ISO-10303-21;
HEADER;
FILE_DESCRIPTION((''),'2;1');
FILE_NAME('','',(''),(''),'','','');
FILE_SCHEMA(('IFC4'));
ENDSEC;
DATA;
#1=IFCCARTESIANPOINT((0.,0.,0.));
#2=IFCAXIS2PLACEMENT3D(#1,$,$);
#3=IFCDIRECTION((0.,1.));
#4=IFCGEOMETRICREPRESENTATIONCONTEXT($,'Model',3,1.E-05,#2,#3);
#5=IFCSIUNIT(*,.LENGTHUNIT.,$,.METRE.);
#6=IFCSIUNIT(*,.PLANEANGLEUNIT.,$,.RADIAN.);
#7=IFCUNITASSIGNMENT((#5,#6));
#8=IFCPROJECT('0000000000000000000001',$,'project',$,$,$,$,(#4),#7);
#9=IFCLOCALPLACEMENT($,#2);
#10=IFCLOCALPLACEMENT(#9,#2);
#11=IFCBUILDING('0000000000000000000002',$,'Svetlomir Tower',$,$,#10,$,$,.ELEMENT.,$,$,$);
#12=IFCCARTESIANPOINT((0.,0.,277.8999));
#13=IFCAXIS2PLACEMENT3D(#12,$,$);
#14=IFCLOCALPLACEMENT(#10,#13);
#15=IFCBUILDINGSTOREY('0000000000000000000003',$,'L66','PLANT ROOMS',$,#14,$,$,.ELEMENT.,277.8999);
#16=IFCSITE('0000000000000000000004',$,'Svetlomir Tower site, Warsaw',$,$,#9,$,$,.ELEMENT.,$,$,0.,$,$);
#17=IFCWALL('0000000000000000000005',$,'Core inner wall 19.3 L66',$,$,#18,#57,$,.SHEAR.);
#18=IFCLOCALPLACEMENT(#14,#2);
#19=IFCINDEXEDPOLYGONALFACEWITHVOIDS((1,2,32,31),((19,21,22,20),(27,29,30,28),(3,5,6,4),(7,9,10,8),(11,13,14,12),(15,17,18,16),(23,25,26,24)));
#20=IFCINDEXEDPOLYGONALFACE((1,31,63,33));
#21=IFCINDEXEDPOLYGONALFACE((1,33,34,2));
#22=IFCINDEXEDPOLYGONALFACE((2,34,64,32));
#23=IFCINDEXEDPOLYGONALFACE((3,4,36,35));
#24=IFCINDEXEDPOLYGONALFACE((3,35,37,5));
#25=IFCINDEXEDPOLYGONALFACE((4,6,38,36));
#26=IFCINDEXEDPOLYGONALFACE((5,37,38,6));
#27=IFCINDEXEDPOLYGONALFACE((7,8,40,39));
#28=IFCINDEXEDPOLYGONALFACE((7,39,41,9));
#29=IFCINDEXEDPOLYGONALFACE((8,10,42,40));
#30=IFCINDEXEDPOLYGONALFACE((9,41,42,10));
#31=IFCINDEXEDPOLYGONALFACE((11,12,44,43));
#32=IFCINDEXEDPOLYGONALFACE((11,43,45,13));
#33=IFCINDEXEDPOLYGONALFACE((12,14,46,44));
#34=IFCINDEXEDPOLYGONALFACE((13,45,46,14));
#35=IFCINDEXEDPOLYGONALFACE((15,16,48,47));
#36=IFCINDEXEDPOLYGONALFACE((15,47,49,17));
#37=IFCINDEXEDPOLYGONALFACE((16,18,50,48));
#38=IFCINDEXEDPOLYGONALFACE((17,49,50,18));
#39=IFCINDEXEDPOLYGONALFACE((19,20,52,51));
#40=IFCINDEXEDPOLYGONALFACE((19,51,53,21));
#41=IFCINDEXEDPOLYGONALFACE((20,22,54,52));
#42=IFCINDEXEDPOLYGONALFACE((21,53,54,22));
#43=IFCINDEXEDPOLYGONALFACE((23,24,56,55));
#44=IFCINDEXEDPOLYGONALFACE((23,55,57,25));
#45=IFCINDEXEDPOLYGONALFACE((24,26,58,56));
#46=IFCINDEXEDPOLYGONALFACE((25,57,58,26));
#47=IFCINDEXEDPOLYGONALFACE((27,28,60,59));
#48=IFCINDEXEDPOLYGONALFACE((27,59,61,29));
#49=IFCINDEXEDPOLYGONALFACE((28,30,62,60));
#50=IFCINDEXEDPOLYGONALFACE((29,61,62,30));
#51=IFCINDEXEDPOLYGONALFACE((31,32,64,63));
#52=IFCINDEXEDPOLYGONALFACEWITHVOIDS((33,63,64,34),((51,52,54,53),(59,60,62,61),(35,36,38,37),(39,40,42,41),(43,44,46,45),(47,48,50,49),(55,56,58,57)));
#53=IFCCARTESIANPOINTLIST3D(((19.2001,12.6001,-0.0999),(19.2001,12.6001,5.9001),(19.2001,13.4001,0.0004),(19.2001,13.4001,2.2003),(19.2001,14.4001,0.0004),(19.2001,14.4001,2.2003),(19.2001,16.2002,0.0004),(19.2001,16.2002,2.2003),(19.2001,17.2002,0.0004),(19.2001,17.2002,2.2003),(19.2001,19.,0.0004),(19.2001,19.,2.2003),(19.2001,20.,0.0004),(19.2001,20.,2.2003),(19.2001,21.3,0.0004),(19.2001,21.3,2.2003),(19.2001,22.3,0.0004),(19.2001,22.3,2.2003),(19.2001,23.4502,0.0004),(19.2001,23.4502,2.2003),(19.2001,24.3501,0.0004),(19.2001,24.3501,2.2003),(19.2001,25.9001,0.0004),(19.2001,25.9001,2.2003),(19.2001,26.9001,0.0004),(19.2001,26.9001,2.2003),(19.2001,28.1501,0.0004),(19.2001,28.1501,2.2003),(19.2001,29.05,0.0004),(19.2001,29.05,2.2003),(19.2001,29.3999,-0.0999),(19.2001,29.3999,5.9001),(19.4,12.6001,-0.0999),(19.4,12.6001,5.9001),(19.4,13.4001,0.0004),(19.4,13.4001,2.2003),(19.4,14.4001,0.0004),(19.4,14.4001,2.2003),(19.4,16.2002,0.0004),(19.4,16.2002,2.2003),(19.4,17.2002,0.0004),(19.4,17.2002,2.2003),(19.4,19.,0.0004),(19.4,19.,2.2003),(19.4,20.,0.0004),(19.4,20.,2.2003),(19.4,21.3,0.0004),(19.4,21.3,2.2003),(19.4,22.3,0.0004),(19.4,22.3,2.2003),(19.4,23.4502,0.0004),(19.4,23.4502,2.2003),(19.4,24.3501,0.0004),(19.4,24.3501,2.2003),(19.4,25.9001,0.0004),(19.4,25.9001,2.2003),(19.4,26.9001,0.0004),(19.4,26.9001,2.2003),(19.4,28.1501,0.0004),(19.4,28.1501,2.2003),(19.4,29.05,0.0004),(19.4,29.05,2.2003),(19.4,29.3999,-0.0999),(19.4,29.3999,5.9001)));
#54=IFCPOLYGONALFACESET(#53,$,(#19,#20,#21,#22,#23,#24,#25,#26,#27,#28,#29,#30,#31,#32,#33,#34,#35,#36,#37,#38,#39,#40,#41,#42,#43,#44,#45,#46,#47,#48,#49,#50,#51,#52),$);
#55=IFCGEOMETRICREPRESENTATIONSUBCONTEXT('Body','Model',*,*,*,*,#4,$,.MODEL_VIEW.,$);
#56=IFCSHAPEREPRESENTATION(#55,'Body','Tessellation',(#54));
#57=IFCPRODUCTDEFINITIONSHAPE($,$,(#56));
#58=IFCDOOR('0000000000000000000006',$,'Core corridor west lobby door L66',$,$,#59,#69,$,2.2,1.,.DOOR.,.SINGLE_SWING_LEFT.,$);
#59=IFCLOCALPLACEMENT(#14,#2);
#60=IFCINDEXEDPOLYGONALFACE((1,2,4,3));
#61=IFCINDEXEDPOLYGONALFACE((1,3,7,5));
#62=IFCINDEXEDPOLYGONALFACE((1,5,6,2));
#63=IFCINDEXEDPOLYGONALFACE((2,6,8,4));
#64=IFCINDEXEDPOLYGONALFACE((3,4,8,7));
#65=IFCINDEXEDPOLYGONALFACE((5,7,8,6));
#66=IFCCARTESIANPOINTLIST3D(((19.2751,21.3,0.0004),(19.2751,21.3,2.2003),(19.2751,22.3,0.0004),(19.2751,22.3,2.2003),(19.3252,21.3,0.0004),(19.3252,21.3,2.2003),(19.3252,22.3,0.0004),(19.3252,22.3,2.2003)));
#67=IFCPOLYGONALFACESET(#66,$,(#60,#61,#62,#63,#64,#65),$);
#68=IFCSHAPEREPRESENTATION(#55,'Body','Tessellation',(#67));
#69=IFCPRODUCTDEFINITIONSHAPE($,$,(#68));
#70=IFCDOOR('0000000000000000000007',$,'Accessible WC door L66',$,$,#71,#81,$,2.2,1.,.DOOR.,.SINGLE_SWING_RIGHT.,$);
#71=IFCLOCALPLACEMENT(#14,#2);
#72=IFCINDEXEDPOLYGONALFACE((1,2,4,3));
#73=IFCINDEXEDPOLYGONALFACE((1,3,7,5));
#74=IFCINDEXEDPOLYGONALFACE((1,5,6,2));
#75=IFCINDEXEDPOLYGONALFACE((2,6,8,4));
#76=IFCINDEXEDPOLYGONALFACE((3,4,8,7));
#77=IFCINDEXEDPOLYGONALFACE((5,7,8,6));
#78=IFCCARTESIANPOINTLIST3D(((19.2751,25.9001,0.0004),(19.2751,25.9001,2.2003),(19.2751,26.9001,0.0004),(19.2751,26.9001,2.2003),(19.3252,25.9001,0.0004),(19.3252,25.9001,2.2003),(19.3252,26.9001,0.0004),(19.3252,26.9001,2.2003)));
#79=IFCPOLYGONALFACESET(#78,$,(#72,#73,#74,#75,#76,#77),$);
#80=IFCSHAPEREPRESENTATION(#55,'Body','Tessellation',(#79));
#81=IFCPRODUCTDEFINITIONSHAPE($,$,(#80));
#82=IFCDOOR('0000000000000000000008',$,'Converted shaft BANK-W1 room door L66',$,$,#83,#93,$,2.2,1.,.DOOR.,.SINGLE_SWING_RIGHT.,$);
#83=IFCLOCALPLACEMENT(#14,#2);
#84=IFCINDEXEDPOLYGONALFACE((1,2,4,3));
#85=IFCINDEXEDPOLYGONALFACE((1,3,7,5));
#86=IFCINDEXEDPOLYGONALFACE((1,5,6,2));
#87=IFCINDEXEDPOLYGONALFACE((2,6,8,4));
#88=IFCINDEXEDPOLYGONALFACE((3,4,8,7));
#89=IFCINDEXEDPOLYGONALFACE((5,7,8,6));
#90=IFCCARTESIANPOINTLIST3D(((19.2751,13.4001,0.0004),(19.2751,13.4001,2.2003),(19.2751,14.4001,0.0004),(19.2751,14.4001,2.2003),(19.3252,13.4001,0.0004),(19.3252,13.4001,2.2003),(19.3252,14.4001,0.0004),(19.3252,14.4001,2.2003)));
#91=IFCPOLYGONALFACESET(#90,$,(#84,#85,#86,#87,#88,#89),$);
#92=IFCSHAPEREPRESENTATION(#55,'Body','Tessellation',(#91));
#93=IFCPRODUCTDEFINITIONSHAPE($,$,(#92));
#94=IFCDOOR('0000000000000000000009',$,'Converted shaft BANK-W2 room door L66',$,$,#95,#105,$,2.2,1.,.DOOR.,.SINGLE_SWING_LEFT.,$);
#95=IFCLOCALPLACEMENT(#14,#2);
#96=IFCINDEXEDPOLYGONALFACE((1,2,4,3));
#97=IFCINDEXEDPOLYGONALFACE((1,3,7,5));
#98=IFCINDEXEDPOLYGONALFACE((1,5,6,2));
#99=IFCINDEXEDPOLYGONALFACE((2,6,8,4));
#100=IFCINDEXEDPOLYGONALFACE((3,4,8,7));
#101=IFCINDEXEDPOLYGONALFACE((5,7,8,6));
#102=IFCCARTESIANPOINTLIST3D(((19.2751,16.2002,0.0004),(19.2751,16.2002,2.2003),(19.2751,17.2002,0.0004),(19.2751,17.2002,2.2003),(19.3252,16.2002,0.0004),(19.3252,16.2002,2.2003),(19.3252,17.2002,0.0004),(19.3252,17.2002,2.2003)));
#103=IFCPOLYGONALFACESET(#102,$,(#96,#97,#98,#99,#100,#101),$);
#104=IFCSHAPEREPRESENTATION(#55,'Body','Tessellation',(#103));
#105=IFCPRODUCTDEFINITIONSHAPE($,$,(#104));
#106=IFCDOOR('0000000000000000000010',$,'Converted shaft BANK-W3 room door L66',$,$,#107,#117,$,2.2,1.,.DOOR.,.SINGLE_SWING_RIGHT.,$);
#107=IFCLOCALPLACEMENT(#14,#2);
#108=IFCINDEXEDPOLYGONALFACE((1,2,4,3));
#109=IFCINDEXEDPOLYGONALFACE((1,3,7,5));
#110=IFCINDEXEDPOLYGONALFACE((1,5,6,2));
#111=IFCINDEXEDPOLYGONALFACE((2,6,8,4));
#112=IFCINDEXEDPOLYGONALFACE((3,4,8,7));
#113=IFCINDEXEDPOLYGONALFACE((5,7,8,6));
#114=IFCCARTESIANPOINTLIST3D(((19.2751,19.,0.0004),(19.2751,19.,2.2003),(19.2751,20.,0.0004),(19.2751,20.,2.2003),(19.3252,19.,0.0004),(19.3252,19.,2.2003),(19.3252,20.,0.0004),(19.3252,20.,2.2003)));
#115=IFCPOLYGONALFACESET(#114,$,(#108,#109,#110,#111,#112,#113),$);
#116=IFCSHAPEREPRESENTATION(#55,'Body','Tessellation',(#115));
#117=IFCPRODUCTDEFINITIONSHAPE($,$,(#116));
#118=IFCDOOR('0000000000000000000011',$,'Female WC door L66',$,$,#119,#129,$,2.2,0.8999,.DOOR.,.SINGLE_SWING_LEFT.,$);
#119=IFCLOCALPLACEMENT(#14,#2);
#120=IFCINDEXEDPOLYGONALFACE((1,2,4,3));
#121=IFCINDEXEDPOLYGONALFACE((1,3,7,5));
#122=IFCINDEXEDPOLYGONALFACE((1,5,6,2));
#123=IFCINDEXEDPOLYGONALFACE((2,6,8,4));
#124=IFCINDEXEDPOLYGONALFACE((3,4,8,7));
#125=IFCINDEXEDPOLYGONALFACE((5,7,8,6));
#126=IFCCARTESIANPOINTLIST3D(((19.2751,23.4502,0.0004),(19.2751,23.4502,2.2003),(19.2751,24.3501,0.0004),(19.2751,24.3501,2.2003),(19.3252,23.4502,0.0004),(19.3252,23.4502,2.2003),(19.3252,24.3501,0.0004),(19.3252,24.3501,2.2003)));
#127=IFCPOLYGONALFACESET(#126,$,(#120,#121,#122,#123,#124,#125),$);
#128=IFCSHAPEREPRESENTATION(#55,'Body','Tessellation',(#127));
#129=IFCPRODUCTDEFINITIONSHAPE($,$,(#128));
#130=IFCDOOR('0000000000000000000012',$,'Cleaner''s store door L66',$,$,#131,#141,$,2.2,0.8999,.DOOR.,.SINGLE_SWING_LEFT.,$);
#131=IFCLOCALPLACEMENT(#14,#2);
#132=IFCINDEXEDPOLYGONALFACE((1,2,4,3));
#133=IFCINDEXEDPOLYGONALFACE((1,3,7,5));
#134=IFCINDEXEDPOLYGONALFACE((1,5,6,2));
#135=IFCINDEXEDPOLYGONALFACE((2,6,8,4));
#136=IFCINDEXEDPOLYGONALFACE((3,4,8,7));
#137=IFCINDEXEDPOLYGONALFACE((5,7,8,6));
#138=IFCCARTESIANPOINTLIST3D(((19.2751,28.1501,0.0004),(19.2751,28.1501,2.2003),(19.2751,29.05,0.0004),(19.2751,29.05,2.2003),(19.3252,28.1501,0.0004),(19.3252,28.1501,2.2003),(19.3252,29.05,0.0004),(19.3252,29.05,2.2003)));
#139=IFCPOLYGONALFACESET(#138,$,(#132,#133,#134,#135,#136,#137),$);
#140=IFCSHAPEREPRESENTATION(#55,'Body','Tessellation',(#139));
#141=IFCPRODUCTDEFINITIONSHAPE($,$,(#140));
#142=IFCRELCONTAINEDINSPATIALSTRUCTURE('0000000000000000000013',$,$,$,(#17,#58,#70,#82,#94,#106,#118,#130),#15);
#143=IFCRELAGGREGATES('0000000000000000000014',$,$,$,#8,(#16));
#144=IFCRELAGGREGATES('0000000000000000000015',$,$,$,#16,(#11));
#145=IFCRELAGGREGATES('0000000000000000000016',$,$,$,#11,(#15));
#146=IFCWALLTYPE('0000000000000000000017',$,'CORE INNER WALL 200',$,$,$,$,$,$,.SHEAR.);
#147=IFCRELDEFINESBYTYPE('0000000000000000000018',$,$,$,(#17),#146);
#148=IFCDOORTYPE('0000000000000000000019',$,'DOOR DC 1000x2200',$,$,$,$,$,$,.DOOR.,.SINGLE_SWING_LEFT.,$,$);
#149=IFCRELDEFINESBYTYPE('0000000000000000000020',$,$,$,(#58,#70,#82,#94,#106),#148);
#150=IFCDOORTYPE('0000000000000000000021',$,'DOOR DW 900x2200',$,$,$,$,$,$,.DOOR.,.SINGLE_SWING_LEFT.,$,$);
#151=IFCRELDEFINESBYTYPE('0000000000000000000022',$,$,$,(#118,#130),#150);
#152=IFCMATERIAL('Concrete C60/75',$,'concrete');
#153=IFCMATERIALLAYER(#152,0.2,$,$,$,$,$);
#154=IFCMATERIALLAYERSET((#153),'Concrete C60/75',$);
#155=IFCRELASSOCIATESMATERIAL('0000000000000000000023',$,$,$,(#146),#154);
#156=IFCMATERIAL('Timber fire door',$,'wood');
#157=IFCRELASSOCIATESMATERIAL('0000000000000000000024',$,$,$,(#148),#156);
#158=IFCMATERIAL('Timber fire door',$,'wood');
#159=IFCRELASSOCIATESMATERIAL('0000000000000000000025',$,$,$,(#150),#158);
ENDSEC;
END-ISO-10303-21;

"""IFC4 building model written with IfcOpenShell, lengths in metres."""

from ifc_helpers import new_model, si_unit, direction, frame, frame_2d, origin, place, context, subcontext, project, spatial, rectangle, extrude, material, layer, layer_set, type_object, element, fill, save


model = new_model("IFC4")

# Units and contexts
model_context = context("Model", 3, precision=1e-05, world=origin(), true_north=direction((0.0, 1.0)))
body_context = subcontext(model_context, "Body", "Model", "MODEL_VIEW")
ifc_project = project(units=[si_unit("LENGTHUNIT", "METRE"), si_unit("PLANEANGLEUNIT", "RADIAN")], contexts=[model_context])

# Site, building, storey
site_placement = place(None, origin())
site = spatial("IfcSite", under=ifc_project, at=site_placement, Name="Svetlomir Tower site, Warsaw", CompositionType="ELEMENT", RefElevation=0.0)
building_placement = place(site_placement, origin())
building = spatial("IfcBuilding", under=site, at=building_placement, Name="Svetlomir Tower", CompositionType="ELEMENT")
storey_placement = place(building_placement, frame((0.0, 0.0, 277.8999)))
storey = spatial("IfcBuildingStorey", under=building, at=storey_placement, Name="L66", Description="PLANT ROOMS", CompositionType="ELEMENT", Elevation=277.8999)

# Wall, openings, doors
ifc_material_1 = material(Name="Concrete C60/75", Category="concrete")
ifc_layer_1 = layer(ifc_material_1, 0.2)
ifc_layer_set_1 = layer_set([ifc_layer_1], Name="Concrete C60/75")
wall_type_1 = type_object("IfcWallType", Name="CORE INNER WALL 200", PredefinedType="SHEAR", material=ifc_layer_set_1)
wall_1_placement = place(storey_placement, frame((19.3, 12.6001, -0.0999), z_axis=(0.0, 0.0, 1.0), x_axis=(0.0, 1.0, 0.0)))
wall_1 = element("IfcWall", 1, at=wall_1_placement, inside=storey, type_object=wall_type_1, Name="Core inner wall 19.3 L66", PredefinedType="SHEAR", context=body_context, shape_type="SweptSolid", body=[
    extrude(rectangle(XDim=16.7998, YDim=0.2, at=frame_2d((8.3999, 0.0))), origin(), (0.0, 0.0, 1.0), 6.0),
])
opening_1_placement = place(wall_1_placement, frame((8.7, 0.0, 0.1001)))
opening_1 = element("IfcOpeningElement", 2, at=opening_1_placement, cuts=wall_1, PredefinedType="OPENING", context=body_context, shape_type="SweptSolid", body=[
    extrude(rectangle(XDim=1.0, YDim=2.2, at=frame_2d((0.5, 1.1001))), frame((0.0, 0.1099, 0.0), z_axis=(0.0, -1.0, 0.0), x_axis=(1.0, 0.0, 0.0)), (0.0, 0.0, 1.0), 0.22),
])
opening_2_placement = place(wall_1_placement, frame((10.8501, 0.0, 0.1001)))
opening_2 = element("IfcOpeningElement", 3, at=opening_2_placement, cuts=wall_1, PredefinedType="OPENING", context=body_context, shape_type="SweptSolid", body=[
    extrude(rectangle(XDim=0.8999, YDim=2.2, at=frame_2d((0.45, 1.1001))), frame((0.0, 0.1099, 0.0), z_axis=(0.0, -1.0, 0.0), x_axis=(1.0, 0.0, 0.0)), (0.0, 0.0, 1.0), 0.22),
])
opening_3_placement = place(wall_1_placement, frame((13.3, 0.0, 0.1001)))
opening_3 = element("IfcOpeningElement", 4, at=opening_3_placement, cuts=wall_1, PredefinedType="OPENING", context=body_context, shape_type="SweptSolid", body=[
    extrude(rectangle(XDim=1.0, YDim=2.2, at=frame_2d((0.5, 1.1001))), frame((0.0, 0.1099, 0.0), z_axis=(0.0, -1.0, 0.0), x_axis=(1.0, 0.0, 0.0)), (0.0, 0.0, 1.0), 0.22),
])
opening_4_placement = place(wall_1_placement, frame((15.55, 0.0, 0.1001)))
opening_4 = element("IfcOpeningElement", 5, at=opening_4_placement, cuts=wall_1, PredefinedType="OPENING", context=body_context, shape_type="SweptSolid", body=[
    extrude(rectangle(XDim=0.8999, YDim=2.2, at=frame_2d((0.45, 1.1001))), frame((0.0, 0.1099, 0.0), z_axis=(0.0, -1.0, 0.0), x_axis=(1.0, 0.0, 0.0)), (0.0, 0.0, 1.0), 0.22),
])
opening_5_placement = place(wall_1_placement, frame((0.8, 0.0, 0.1001)))
opening_5 = element("IfcOpeningElement", 6, at=opening_5_placement, cuts=wall_1, PredefinedType="OPENING", context=body_context, shape_type="SweptSolid", body=[
    extrude(rectangle(XDim=1.0, YDim=2.2, at=frame_2d((0.5, 1.1001))), frame((0.0, 0.1099, 0.0), z_axis=(0.0, -1.0, 0.0), x_axis=(1.0, 0.0, 0.0)), (0.0, 0.0, 1.0), 0.22),
])
opening_6_placement = place(wall_1_placement, frame((3.6001, 0.0, 0.1001)))
opening_6 = element("IfcOpeningElement", 7, at=opening_6_placement, cuts=wall_1, PredefinedType="OPENING", context=body_context, shape_type="SweptSolid", body=[
    extrude(rectangle(XDim=1.0, YDim=2.2, at=frame_2d((0.5, 1.1001))), frame((0.0, 0.1099, 0.0), z_axis=(0.0, -1.0, 0.0), x_axis=(1.0, 0.0, 0.0)), (0.0, 0.0, 1.0), 0.22),
])
opening_7_placement = place(wall_1_placement, frame((6.3999, 0.0, 0.1001)))
opening_7 = element("IfcOpeningElement", 8, at=opening_7_placement, cuts=wall_1, PredefinedType="OPENING", context=body_context, shape_type="SweptSolid", body=[
    extrude(rectangle(XDim=1.0, YDim=2.2, at=frame_2d((0.5, 1.1001))), frame((0.0, 0.1099, 0.0), z_axis=(0.0, -1.0, 0.0), x_axis=(1.0, 0.0, 0.0)), (0.0, 0.0, 1.0), 0.22),
])
ifc_material_2 = material(Name="Timber fire door", Category="wood")
door_type_1 = type_object("IfcDoorType", Name="DOOR DC 1000x2200", OperationType="SINGLE_SWING_LEFT", PredefinedType="DOOR", material=ifc_material_2)
door_1_placement = place(opening_1_placement, origin())
door_1 = element("IfcDoor", 9, at=door_1_placement, inside=storey, type_object=door_type_1, Name="Core corridor west lobby door L66", OperationType="SINGLE_SWING_LEFT", OverallHeight=2.2, OverallWidth=1.0, PredefinedType="DOOR", context=body_context, shape_type="SweptSolid", body=[
    extrude(rectangle(XDim=1.0, YDim=2.2, at=frame_2d((0.5, 1.1001))), frame((0.0, 0.0249, 0.0), z_axis=(0.0, -1.0, 0.0), x_axis=(1.0, 0.0, 0.0)), (0.0, 0.0, 1.0), 0.05),
])
fill(opening_1, door_1)
door_2_placement = place(opening_3_placement, origin())
door_2 = element("IfcDoor", 10, at=door_2_placement, inside=storey, type_object=door_type_1, Name="Accessible WC door L66", OperationType="SINGLE_SWING_RIGHT", OverallHeight=2.2, OverallWidth=1.0, PredefinedType="DOOR", context=body_context, shape_type="SweptSolid", body=[
    extrude(rectangle(XDim=1.0, YDim=2.2, at=frame_2d((0.5, 1.1001))), frame((0.0, 0.0249, 0.0), z_axis=(0.0, -1.0, 0.0), x_axis=(1.0, 0.0, 0.0)), (0.0, 0.0, 1.0), 0.05),
])
fill(opening_3, door_2)
door_3_placement = place(opening_5_placement, origin())
door_3 = element("IfcDoor", 11, at=door_3_placement, inside=storey, type_object=door_type_1, Name="Converted shaft BANK-W1 room door L66", OperationType="SINGLE_SWING_RIGHT", OverallHeight=2.2, OverallWidth=1.0, PredefinedType="DOOR", context=body_context, shape_type="SweptSolid", body=[
    extrude(rectangle(XDim=1.0, YDim=2.2, at=frame_2d((0.5, 1.1001))), frame((0.0, 0.0249, 0.0), z_axis=(0.0, -1.0, 0.0), x_axis=(1.0, 0.0, 0.0)), (0.0, 0.0, 1.0), 0.05),
])
fill(opening_5, door_3)
door_4_placement = place(opening_6_placement, origin())
door_4 = element("IfcDoor", 12, at=door_4_placement, inside=storey, type_object=door_type_1, Name="Converted shaft BANK-W2 room door L66", OperationType="SINGLE_SWING_LEFT", OverallHeight=2.2, OverallWidth=1.0, PredefinedType="DOOR", context=body_context, shape_type="SweptSolid", body=[
    extrude(rectangle(XDim=1.0, YDim=2.2, at=frame_2d((0.5, 1.1001))), frame((0.0, 0.0249, 0.0), z_axis=(0.0, -1.0, 0.0), x_axis=(1.0, 0.0, 0.0)), (0.0, 0.0, 1.0), 0.05),
])
fill(opening_6, door_4)
door_5_placement = place(opening_7_placement, origin())
door_5 = element("IfcDoor", 13, at=door_5_placement, inside=storey, type_object=door_type_1, Name="Converted shaft BANK-W3 room door L66", OperationType="SINGLE_SWING_RIGHT", OverallHeight=2.2, OverallWidth=1.0, PredefinedType="DOOR", context=body_context, shape_type="SweptSolid", body=[
    extrude(rectangle(XDim=1.0, YDim=2.2, at=frame_2d((0.5, 1.1001))), frame((0.0, 0.0249, 0.0), z_axis=(0.0, -1.0, 0.0), x_axis=(1.0, 0.0, 0.0)), (0.0, 0.0, 1.0), 0.05),
])
fill(opening_7, door_5)
ifc_material_3 = material(Name="Timber fire door", Category="wood")
door_type_2 = type_object("IfcDoorType", Name="DOOR DW 900x2200", OperationType="SINGLE_SWING_LEFT", PredefinedType="DOOR", material=ifc_material_3)
door_6_placement = place(opening_2_placement, origin())
door_6 = element("IfcDoor", 14, at=door_6_placement, inside=storey, type_object=door_type_2, Name="Female WC door L66", OperationType="SINGLE_SWING_LEFT", OverallHeight=2.2, OverallWidth=0.8999, PredefinedType="DOOR", context=body_context, shape_type="SweptSolid", body=[
    extrude(rectangle(XDim=0.8999, YDim=2.2, at=frame_2d((0.45, 1.1001))), frame((0.0, 0.0249, 0.0), z_axis=(0.0, -1.0, 0.0), x_axis=(1.0, 0.0, 0.0)), (0.0, 0.0, 1.0), 0.05),
])
fill(opening_2, door_6)
door_7_placement = place(opening_4_placement, origin())
door_7 = element("IfcDoor", 15, at=door_7_placement, inside=storey, type_object=door_type_2, Name="Cleaner's store door L66", OperationType="SINGLE_SWING_LEFT", OverallHeight=2.2, OverallWidth=0.8999, PredefinedType="DOOR", context=body_context, shape_type="SweptSolid", body=[
    extrude(rectangle(XDim=0.8999, YDim=2.2, at=frame_2d((0.45, 1.1001))), frame((0.0, 0.0249, 0.0), z_axis=(0.0, -1.0, 0.0), x_axis=(1.0, 0.0, 0.0)), (0.0, 0.0, 1.0), 0.05),
])
fill(opening_4, door_7)

save(model, "model.ifc")
